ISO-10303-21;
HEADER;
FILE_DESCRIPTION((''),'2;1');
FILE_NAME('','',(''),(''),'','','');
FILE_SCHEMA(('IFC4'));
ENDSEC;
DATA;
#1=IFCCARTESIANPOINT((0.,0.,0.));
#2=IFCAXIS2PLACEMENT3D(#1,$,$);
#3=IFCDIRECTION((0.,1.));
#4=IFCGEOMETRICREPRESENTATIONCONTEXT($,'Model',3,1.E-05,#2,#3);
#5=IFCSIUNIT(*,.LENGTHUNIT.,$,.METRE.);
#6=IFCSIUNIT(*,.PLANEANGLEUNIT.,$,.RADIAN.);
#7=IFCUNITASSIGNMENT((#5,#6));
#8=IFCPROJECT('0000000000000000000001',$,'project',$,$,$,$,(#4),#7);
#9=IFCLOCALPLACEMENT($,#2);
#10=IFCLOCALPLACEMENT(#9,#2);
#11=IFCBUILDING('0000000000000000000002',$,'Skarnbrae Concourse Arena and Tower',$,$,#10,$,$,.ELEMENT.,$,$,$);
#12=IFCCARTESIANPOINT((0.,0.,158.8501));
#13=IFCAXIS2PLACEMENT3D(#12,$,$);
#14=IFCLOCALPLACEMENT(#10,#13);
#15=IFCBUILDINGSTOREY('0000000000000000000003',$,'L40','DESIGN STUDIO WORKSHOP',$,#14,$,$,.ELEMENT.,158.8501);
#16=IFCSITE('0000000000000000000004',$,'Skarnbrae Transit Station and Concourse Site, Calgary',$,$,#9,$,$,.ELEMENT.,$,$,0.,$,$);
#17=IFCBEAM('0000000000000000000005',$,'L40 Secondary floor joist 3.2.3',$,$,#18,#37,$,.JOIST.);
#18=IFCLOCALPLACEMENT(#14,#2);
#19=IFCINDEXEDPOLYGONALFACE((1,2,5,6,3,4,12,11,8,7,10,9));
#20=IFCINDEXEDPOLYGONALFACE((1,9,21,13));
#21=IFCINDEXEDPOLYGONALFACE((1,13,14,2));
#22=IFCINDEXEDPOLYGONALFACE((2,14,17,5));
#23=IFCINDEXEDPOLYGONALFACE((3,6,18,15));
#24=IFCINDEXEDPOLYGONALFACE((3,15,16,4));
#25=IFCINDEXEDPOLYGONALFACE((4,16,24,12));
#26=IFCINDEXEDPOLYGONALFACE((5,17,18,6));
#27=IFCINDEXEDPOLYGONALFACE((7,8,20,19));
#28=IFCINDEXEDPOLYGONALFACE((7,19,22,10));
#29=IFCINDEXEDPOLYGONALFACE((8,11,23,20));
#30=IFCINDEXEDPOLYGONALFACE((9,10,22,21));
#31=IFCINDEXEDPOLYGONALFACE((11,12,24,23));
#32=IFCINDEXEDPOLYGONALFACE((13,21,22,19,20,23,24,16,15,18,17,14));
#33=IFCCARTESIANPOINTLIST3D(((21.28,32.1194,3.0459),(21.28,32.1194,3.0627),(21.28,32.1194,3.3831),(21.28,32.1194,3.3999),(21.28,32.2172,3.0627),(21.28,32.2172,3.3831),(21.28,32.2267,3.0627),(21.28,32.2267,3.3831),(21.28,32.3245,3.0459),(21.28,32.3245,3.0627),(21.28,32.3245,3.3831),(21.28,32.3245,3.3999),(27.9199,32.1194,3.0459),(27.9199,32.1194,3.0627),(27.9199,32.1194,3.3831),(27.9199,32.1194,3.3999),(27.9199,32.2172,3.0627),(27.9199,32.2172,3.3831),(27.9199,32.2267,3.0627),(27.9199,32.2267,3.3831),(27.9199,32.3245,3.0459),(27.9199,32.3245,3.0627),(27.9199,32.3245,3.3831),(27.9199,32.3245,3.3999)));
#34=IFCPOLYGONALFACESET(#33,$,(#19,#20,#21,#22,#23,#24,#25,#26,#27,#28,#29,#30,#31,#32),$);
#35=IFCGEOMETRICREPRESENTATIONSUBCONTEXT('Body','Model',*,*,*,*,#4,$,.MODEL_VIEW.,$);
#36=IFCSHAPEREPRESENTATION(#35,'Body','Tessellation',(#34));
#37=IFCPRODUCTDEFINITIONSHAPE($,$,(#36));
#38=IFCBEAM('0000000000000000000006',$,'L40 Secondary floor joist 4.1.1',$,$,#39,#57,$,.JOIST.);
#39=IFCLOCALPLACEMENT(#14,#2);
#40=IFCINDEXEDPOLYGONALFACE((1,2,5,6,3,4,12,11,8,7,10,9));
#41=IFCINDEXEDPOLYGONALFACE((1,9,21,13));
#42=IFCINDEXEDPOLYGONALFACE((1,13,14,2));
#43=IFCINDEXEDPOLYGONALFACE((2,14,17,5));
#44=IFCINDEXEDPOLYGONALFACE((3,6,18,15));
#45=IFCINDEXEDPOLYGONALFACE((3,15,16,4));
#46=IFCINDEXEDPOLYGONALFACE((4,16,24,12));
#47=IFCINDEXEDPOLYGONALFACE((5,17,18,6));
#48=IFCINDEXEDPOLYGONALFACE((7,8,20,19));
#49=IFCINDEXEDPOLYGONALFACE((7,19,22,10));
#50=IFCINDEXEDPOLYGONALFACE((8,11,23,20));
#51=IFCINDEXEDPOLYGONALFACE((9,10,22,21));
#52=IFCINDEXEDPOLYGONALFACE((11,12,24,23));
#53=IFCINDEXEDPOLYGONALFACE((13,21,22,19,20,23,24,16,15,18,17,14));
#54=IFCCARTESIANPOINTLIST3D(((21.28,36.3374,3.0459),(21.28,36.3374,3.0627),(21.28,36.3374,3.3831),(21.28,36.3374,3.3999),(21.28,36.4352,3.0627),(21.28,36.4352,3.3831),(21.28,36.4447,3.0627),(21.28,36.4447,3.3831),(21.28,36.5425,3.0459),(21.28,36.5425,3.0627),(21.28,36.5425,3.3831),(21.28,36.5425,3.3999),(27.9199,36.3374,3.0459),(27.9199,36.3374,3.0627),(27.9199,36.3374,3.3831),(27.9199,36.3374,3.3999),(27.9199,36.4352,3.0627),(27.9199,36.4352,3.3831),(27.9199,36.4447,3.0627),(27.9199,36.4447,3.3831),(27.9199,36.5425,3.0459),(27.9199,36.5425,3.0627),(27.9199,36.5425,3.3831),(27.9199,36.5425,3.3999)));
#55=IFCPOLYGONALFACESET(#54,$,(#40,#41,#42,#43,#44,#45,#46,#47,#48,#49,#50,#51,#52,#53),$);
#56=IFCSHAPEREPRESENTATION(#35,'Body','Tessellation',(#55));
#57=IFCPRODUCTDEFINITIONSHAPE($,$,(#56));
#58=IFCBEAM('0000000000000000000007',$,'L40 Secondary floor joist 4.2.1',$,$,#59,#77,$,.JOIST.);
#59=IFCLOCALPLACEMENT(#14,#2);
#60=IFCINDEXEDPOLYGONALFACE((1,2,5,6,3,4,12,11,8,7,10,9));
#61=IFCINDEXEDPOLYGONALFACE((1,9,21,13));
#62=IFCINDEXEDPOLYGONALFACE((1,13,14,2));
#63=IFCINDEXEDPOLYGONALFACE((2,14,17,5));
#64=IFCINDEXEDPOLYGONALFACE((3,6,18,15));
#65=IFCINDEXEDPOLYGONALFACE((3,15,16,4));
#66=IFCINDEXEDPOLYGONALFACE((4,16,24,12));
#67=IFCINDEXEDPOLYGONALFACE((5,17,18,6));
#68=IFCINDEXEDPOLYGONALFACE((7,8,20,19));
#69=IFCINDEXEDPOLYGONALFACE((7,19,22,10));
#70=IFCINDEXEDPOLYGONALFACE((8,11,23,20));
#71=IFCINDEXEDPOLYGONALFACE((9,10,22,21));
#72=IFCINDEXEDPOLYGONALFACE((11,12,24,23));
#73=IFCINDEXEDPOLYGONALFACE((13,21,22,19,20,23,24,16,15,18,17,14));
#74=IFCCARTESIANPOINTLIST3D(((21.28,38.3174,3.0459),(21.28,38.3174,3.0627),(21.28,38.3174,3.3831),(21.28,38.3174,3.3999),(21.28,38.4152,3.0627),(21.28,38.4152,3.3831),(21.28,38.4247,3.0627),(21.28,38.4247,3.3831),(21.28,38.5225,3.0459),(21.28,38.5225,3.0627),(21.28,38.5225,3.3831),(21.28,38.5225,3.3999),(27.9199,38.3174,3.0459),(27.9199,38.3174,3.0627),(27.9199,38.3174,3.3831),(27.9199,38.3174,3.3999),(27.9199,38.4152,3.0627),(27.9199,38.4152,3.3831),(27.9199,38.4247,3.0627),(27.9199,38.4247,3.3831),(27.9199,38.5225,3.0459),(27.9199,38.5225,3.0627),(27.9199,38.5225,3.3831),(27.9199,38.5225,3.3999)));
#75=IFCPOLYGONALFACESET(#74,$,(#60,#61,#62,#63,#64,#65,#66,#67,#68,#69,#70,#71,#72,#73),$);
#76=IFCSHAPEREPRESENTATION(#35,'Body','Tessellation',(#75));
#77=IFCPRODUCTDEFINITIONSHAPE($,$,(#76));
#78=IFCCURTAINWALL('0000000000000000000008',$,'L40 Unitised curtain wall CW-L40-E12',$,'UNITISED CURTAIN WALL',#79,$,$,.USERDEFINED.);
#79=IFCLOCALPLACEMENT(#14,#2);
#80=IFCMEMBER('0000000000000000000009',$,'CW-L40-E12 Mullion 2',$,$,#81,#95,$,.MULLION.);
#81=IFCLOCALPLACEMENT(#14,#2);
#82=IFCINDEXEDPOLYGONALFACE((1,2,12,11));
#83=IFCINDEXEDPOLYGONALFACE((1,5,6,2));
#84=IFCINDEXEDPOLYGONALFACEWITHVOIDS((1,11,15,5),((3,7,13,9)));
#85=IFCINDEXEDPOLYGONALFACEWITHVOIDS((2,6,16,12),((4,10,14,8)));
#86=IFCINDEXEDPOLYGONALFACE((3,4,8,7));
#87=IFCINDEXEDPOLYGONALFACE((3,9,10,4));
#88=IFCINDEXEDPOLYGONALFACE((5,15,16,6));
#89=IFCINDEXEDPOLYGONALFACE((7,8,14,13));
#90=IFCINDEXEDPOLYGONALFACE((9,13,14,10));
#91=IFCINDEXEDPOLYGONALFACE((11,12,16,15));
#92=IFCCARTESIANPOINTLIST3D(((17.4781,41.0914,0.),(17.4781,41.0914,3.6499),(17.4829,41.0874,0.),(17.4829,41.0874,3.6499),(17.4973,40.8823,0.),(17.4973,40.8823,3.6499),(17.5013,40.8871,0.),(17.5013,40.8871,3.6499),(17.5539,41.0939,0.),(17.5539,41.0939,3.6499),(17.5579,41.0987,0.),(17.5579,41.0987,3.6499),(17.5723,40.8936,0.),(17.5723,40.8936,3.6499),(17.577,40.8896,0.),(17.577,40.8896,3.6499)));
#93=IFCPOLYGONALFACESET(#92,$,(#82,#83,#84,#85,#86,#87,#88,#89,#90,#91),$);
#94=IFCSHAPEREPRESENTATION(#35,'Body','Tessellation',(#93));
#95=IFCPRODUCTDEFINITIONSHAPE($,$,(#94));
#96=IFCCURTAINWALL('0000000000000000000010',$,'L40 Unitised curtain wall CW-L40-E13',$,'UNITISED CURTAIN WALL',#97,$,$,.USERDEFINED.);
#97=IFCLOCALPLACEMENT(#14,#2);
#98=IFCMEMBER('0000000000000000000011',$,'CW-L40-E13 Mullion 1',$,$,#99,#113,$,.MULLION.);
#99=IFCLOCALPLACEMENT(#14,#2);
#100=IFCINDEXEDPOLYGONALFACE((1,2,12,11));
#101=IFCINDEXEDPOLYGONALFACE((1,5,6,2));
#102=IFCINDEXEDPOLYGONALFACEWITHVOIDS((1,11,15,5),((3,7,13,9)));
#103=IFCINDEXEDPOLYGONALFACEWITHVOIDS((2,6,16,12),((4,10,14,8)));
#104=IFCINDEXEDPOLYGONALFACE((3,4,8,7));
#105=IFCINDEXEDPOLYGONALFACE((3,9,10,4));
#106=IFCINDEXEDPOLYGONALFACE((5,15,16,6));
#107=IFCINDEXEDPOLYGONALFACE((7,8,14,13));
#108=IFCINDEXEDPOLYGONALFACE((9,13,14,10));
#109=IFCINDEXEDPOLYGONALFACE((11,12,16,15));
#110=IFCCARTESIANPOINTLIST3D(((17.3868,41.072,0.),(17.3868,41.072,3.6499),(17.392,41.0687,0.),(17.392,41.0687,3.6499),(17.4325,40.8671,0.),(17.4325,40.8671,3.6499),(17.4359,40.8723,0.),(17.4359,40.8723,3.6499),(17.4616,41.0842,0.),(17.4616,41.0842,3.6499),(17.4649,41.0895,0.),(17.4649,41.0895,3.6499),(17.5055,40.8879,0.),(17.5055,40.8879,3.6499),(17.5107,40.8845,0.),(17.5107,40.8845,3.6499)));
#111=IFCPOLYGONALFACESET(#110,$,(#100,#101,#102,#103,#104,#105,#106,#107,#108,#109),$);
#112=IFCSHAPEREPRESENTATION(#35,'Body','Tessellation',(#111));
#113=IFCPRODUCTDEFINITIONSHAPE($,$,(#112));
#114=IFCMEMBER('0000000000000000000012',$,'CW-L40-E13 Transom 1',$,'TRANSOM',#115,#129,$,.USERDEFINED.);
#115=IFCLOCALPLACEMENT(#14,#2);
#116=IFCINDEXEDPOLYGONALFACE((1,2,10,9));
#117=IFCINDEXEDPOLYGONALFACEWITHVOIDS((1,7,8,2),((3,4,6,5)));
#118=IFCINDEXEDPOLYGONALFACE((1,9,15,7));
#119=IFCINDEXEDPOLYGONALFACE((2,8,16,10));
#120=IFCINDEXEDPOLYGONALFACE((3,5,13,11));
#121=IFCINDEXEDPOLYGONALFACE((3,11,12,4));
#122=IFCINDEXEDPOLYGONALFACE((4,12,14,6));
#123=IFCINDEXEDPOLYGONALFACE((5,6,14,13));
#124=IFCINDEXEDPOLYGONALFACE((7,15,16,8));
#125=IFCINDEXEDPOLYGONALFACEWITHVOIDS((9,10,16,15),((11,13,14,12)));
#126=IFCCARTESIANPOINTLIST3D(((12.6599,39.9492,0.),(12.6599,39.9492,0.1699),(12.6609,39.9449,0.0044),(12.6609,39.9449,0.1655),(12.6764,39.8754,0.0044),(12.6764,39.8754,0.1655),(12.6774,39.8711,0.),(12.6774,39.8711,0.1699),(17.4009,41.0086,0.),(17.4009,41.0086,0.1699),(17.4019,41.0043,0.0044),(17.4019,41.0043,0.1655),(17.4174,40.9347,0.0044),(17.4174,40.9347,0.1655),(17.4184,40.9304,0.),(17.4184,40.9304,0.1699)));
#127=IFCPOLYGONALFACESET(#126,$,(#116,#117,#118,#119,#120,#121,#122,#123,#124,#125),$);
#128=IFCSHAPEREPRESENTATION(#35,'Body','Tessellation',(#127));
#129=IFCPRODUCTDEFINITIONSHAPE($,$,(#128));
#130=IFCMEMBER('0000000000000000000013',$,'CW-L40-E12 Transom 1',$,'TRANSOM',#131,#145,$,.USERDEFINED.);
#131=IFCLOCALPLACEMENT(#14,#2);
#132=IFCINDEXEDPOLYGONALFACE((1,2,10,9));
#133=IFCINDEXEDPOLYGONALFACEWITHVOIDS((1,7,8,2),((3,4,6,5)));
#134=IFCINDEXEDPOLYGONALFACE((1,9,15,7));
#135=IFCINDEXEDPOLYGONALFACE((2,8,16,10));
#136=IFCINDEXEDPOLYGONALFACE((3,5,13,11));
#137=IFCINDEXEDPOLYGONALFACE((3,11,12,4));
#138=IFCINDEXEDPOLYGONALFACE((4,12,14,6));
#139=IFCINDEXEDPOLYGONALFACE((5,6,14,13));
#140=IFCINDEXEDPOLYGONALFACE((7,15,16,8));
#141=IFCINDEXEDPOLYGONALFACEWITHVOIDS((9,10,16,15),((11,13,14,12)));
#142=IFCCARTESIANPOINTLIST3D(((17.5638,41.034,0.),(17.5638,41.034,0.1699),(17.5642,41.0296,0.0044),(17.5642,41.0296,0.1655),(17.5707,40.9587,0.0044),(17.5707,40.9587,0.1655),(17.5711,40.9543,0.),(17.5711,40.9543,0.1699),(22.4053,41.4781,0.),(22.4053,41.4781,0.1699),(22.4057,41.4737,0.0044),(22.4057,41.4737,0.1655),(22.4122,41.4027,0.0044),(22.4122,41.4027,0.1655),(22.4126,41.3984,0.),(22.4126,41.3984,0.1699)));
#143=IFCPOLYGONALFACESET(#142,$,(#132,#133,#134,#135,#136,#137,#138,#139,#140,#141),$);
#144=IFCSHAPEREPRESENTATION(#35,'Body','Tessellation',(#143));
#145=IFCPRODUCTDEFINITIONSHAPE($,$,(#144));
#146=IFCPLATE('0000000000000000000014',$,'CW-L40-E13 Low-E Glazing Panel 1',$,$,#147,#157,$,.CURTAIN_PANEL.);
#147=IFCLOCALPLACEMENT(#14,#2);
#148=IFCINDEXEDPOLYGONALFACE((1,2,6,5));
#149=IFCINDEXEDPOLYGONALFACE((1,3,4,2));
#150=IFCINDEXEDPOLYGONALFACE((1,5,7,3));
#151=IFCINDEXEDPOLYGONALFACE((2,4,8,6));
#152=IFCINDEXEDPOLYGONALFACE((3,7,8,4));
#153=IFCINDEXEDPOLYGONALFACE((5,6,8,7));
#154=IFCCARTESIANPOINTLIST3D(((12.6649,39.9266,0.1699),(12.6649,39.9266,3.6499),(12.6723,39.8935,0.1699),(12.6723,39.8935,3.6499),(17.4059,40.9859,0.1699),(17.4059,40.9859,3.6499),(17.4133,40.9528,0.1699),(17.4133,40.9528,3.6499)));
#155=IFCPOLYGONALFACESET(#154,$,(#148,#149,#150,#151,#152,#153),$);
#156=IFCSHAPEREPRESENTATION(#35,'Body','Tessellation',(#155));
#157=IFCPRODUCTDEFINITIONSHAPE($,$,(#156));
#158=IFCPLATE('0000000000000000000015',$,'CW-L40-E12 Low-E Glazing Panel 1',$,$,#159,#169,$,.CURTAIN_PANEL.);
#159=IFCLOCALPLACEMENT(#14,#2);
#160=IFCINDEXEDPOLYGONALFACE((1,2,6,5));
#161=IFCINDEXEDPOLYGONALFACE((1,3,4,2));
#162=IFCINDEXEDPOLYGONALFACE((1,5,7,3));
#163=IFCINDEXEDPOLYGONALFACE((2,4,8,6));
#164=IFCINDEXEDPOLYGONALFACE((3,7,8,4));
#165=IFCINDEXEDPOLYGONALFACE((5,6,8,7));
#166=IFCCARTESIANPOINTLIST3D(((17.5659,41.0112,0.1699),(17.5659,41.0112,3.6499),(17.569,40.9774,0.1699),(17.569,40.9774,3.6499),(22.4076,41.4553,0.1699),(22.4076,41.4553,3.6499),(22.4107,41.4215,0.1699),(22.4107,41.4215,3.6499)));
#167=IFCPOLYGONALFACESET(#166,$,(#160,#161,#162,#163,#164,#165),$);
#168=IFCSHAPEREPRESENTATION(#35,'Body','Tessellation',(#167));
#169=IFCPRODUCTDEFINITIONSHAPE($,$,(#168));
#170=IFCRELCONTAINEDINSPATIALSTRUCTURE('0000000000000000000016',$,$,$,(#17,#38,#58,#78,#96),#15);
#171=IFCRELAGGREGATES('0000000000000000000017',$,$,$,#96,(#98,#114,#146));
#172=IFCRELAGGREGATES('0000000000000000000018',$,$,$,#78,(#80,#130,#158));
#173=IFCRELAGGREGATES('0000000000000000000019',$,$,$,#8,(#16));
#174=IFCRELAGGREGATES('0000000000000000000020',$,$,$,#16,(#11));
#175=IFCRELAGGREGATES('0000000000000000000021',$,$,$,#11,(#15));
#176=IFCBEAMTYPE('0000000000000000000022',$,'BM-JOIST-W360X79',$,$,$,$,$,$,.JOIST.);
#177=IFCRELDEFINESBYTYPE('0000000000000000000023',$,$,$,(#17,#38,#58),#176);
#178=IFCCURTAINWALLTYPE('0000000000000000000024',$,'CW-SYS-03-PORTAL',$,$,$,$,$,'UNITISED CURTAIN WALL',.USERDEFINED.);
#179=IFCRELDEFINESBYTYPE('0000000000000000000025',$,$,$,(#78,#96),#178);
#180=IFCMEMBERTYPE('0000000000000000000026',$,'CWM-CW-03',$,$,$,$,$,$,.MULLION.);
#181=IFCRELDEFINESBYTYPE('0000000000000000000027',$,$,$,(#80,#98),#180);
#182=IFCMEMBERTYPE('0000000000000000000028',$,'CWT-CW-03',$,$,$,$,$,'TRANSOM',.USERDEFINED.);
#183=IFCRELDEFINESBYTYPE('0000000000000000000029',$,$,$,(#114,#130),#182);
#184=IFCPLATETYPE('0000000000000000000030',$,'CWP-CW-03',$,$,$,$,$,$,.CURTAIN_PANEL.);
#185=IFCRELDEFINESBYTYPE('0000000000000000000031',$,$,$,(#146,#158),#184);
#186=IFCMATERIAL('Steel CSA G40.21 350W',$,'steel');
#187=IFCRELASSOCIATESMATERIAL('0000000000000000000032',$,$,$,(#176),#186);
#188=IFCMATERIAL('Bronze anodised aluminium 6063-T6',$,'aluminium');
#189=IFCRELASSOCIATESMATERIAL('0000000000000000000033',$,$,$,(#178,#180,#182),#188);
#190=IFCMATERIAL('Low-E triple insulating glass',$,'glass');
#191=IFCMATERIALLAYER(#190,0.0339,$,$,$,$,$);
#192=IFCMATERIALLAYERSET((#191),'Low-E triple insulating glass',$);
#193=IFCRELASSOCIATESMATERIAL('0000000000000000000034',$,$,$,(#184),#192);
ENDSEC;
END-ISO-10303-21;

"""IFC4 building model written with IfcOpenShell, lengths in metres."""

from ifc_helpers import new_model, si_unit, direction, frame, origin, origin_2d, place, context, subcontext, project, spatial, rectangle, hollow_rectangle, i_section, extrude, source, transform, mapped, material, layer, layer_set, material_profile, profile_set, type_object, element, aggregate, save


model = new_model("IFC4")

# Units and contexts
model_context = context("Model", 3, precision=1e-05, world=origin(), true_north=direction((0.0, 1.0)))
body_context = subcontext(model_context, "Body", "Model", "MODEL_VIEW")
ifc_project = project(units=[si_unit("LENGTHUNIT", "METRE"), si_unit("PLANEANGLEUNIT", "RADIAN")], contexts=[model_context])

# Site, building, storey
site_placement = place(None, origin())
site = spatial("IfcSite", under=ifc_project, at=site_placement, Name="Skarnbrae Transit Station and Concourse Site, Calgary", CompositionType="ELEMENT", RefElevation=0.0)
building_placement = place(site_placement, origin())
building = spatial("IfcBuilding", under=site, at=building_placement, Name="Skarnbrae Concourse Arena and Tower", CompositionType="ELEMENT")
storey_placement = place(building_placement, frame((0.0, 0.0, 158.8501)))
storey = spatial("IfcBuildingStorey", under=building, at=storey_placement, Name="L40", Description="DESIGN STUDIO WORKSHOP", CompositionType="ELEMENT", Elevation=158.8501)

# Shared definitions
ifc_material_1 = material(Name="Steel CSA G40.21 350W", Category="steel")

# Beams
ifc_material_profile_1 = material_profile(ifc_material_1, i_section(OverallWidth=0.2051, OverallDepth=0.354, WebThickness=0.0095, FlangeThickness=0.0168, at=origin_2d()), Name="W360X79")
ifc_profile_set_1 = profile_set([ifc_material_profile_1], Name="Steel CSA G40.21 350W")
beam_type_1 = type_object("IfcBeamType", Name="BM-JOIST-W360X79", PredefinedType="JOIST", material=ifc_profile_set_1)
shared_shape_1 = source(origin(), body_context, "Body", "SweptSolid", [
    extrude(i_section(OverallWidth=0.2051, OverallDepth=0.354, WebThickness=0.0095, FlangeThickness=0.0168, at=origin_2d()), origin(), (0.0, 0.0, 1.0), 6.6399),
])
for number, where, z_axis, x_axis, name in (
    (1, (21.28, 32.2219, 3.2229), (1.0, 0.0, 0.0), (0.0, 1.0, 0.0), "L40 Secondary floor joist 3.2.3"),
    (2, (21.28, 36.4399, 3.2229), (1.0, 0.0, 0.0), (0.0, 1.0, 0.0), "L40 Secondary floor joist 4.1.1"),
    (3, (21.28, 38.4199, 3.2229), (1.0, 0.0, 0.0), (0.0, 1.0, 0.0), "L40 Secondary floor joist 4.2.1"),
):
    element("IfcBeam", number, at=place(storey_placement, frame(where, z_axis=z_axis, x_axis=x_axis)), inside=storey, type_object=beam_type_1, Name=name, PredefinedType="JOIST", context=body_context, shape_type="MappedRepresentation", body=[
        mapped(shared_shape_1, transform((0.0, 0.0, 0.0))),
    ])

# Curtain wall, member
ifc_material_2 = material(Name="Bronze anodised aluminium 6063-T6", Category="aluminium")
curtain_wall_type = type_object("IfcCurtainWallType", Name="CW-SYS-03-PORTAL", ElementType="UNITISED CURTAIN WALL", PredefinedType="USERDEFINED", material=ifc_material_2)
curtain_wall_1_placement = place(storey_placement, origin())
curtain_wall_1 = element("IfcCurtainWall", 4, at=curtain_wall_1_placement, inside=storey, type_object=curtain_wall_type, Name="L40 Unitised curtain wall CW-L40-E12", ObjectType="UNITISED CURTAIN WALL", PredefinedType="USERDEFINED")
ifc_material_profile_2 = material_profile(ifc_material_2, hollow_rectangle(XDim=0.0801, YDim=0.21, WallThickness=0.0044, at=origin_2d()), Name="ALU-MULL-80X210")
ifc_profile_set_2 = profile_set([ifc_material_profile_2], Name="Bronze anodised aluminium 6063-T6")
member_type_1 = type_object("IfcMemberType", Name="CWM-CW-03", PredefinedType="MULLION", material=ifc_profile_set_2)
shared_shape_2 = source(origin(), body_context, "Body", "SweptSolid", [
    extrude(hollow_rectangle(XDim=0.0801, YDim=0.21, WallThickness=0.0044, at=origin_2d()), origin(), (0.0, 0.0, 1.0), 3.6499),
])
member_1_placement = place(storey_placement, frame((17.5276, 40.9905, 0.0), z_axis=(0.0, 0.0, 1.0), x_axis=(-0.99582, -0.091338, 0.0)))
member_1 = element("IfcMember", 5, at=member_1_placement, type_object=member_type_1, Name="CW-L40-E12 Mullion 2", PredefinedType="MULLION", context=body_context, shape_type="MappedRepresentation", body=[
    mapped(shared_shape_2, transform((0.0, 0.0, 0.0))),
])

# Curtain wall, members
curtain_wall_2_placement = place(storey_placement, origin())
curtain_wall_2 = element("IfcCurtainWall", 6, at=curtain_wall_2_placement, inside=storey, type_object=curtain_wall_type, Name="L40 Unitised curtain wall CW-L40-E13", ObjectType="UNITISED CURTAIN WALL", PredefinedType="USERDEFINED")
member_2_placement = place(storey_placement, frame((17.4487, 40.9783, 0.0), z_axis=(0.0, 0.0, 1.0), x_axis=(-0.975936, -0.218056, 0.0)))
member_2 = element("IfcMember", 7, at=member_2_placement, type_object=member_type_1, Name="CW-L40-E13 Mullion 1", PredefinedType="MULLION", context=body_context, shape_type="MappedRepresentation", body=[
    mapped(shared_shape_2, transform((0.0, 0.0, 0.0))),
])
ifc_material_profile_3 = material_profile(ifc_material_2, hollow_rectangle(XDim=0.0801, YDim=0.1699, WallThickness=0.0044, at=origin_2d()), Name="ALU-TRAN-80X170")
ifc_profile_set_3 = profile_set([ifc_material_profile_3], Name="Bronze anodised aluminium 6063-T6")
member_type_2 = type_object("IfcMemberType", Name="CWT-CW-03", ElementType="TRANSOM", PredefinedType="USERDEFINED", material=ifc_profile_set_3)
shared_shape_3 = source(origin(), body_context, "Body", "SweptSolid", [
    extrude(hollow_rectangle(XDim=0.0801, YDim=0.1699, WallThickness=0.0044, at=origin_2d()), origin(), (0.0, 0.0, 1.0), 4.8579),
])
member_3_placement = place(storey_placement, frame((17.4097, 40.9695, 0.085), z_axis=(-0.975935, -0.218064, 0.0), x_axis=(0.218064, -0.975935, 0.0)))
member_3 = element("IfcMember", 8, at=member_3_placement, type_object=member_type_2, Name="CW-L40-E13 Transom 1", ObjectType="TRANSOM", PredefinedType="USERDEFINED", context=body_context, shape_type="MappedRepresentation", body=[
    mapped(shared_shape_3, transform((0.0, 0.0, 0.0))),
])

# Member
shared_shape_4 = source(origin(), body_context, "Body", "SweptSolid", [
    extrude(hollow_rectangle(XDim=0.0801, YDim=0.1699, WallThickness=0.0044, at=origin_2d()), origin(), (0.0, 0.0, 1.0), 4.8618),
])
member_4_placement = place(storey_placement, frame((22.4089, 41.4382, 0.085), z_axis=(-0.99582, -0.091342, 0.0), x_axis=(0.091342, -0.99582, 0.0)))
member_4 = element("IfcMember", 9, at=member_4_placement, type_object=member_type_2, Name="CW-L40-E12 Transom 1", ObjectType="TRANSOM", PredefinedType="USERDEFINED", context=body_context, shape_type="MappedRepresentation", body=[
    mapped(shared_shape_4, transform((0.0, 0.0, 0.0))),
])

# Plates
ifc_material_3 = material(Name="Low-E triple insulating glass", Category="glass")
ifc_layer_1 = layer(ifc_material_3, 0.0339)
ifc_layer_set_1 = layer_set([ifc_layer_1], Name="Low-E triple insulating glass")
plate_type = type_object("IfcPlateType", Name="CWP-CW-03", PredefinedType="CURTAIN_PANEL", material=ifc_layer_set_1)
shared_shape_5 = source(origin(), body_context, "Body", "SweptSolid", [
    extrude(rectangle(XDim=4.8579, YDim=0.0339, at=origin_2d()), origin(), (0.0, 0.0, 1.0), 3.48),
])
plate_1_placement = place(storey_placement, frame((15.0391, 40.4397, 0.1699), z_axis=(0.0, 0.0, 1.0), x_axis=(-0.975936, -0.218056, 0.0)))
plate_1 = element("IfcPlate", 10, at=plate_1_placement, type_object=plate_type, Name="CW-L40-E13 Low-E Glazing Panel 1", PredefinedType="CURTAIN_PANEL", context=body_context, shape_type="MappedRepresentation", body=[
    mapped(shared_shape_5, transform((0.0, 0.0, 0.0))),
])
aggregate(curtain_wall_2, [member_2, member_3, plate_1])
shared_shape_6 = source(origin(), body_context, "Body", "SweptSolid", [
    extrude(rectangle(XDim=4.8621, YDim=0.0339, at=origin_2d()), origin(), (0.0, 0.0, 1.0), 3.48),
])
plate_2_placement = place(storey_placement, frame((19.9883, 41.2163, 0.1699), z_axis=(0.0, 0.0, 1.0), x_axis=(-0.99582, -0.091338, 0.0)))
plate_2 = element("IfcPlate", 11, at=plate_2_placement, type_object=plate_type, Name="CW-L40-E12 Low-E Glazing Panel 1", PredefinedType="CURTAIN_PANEL", context=body_context, shape_type="MappedRepresentation", body=[
    mapped(shared_shape_6, transform((0.0, 0.0, 0.0))),
])
aggregate(curtain_wall_1, [member_1, member_4, plate_2])

save(model, "model.ifc")
